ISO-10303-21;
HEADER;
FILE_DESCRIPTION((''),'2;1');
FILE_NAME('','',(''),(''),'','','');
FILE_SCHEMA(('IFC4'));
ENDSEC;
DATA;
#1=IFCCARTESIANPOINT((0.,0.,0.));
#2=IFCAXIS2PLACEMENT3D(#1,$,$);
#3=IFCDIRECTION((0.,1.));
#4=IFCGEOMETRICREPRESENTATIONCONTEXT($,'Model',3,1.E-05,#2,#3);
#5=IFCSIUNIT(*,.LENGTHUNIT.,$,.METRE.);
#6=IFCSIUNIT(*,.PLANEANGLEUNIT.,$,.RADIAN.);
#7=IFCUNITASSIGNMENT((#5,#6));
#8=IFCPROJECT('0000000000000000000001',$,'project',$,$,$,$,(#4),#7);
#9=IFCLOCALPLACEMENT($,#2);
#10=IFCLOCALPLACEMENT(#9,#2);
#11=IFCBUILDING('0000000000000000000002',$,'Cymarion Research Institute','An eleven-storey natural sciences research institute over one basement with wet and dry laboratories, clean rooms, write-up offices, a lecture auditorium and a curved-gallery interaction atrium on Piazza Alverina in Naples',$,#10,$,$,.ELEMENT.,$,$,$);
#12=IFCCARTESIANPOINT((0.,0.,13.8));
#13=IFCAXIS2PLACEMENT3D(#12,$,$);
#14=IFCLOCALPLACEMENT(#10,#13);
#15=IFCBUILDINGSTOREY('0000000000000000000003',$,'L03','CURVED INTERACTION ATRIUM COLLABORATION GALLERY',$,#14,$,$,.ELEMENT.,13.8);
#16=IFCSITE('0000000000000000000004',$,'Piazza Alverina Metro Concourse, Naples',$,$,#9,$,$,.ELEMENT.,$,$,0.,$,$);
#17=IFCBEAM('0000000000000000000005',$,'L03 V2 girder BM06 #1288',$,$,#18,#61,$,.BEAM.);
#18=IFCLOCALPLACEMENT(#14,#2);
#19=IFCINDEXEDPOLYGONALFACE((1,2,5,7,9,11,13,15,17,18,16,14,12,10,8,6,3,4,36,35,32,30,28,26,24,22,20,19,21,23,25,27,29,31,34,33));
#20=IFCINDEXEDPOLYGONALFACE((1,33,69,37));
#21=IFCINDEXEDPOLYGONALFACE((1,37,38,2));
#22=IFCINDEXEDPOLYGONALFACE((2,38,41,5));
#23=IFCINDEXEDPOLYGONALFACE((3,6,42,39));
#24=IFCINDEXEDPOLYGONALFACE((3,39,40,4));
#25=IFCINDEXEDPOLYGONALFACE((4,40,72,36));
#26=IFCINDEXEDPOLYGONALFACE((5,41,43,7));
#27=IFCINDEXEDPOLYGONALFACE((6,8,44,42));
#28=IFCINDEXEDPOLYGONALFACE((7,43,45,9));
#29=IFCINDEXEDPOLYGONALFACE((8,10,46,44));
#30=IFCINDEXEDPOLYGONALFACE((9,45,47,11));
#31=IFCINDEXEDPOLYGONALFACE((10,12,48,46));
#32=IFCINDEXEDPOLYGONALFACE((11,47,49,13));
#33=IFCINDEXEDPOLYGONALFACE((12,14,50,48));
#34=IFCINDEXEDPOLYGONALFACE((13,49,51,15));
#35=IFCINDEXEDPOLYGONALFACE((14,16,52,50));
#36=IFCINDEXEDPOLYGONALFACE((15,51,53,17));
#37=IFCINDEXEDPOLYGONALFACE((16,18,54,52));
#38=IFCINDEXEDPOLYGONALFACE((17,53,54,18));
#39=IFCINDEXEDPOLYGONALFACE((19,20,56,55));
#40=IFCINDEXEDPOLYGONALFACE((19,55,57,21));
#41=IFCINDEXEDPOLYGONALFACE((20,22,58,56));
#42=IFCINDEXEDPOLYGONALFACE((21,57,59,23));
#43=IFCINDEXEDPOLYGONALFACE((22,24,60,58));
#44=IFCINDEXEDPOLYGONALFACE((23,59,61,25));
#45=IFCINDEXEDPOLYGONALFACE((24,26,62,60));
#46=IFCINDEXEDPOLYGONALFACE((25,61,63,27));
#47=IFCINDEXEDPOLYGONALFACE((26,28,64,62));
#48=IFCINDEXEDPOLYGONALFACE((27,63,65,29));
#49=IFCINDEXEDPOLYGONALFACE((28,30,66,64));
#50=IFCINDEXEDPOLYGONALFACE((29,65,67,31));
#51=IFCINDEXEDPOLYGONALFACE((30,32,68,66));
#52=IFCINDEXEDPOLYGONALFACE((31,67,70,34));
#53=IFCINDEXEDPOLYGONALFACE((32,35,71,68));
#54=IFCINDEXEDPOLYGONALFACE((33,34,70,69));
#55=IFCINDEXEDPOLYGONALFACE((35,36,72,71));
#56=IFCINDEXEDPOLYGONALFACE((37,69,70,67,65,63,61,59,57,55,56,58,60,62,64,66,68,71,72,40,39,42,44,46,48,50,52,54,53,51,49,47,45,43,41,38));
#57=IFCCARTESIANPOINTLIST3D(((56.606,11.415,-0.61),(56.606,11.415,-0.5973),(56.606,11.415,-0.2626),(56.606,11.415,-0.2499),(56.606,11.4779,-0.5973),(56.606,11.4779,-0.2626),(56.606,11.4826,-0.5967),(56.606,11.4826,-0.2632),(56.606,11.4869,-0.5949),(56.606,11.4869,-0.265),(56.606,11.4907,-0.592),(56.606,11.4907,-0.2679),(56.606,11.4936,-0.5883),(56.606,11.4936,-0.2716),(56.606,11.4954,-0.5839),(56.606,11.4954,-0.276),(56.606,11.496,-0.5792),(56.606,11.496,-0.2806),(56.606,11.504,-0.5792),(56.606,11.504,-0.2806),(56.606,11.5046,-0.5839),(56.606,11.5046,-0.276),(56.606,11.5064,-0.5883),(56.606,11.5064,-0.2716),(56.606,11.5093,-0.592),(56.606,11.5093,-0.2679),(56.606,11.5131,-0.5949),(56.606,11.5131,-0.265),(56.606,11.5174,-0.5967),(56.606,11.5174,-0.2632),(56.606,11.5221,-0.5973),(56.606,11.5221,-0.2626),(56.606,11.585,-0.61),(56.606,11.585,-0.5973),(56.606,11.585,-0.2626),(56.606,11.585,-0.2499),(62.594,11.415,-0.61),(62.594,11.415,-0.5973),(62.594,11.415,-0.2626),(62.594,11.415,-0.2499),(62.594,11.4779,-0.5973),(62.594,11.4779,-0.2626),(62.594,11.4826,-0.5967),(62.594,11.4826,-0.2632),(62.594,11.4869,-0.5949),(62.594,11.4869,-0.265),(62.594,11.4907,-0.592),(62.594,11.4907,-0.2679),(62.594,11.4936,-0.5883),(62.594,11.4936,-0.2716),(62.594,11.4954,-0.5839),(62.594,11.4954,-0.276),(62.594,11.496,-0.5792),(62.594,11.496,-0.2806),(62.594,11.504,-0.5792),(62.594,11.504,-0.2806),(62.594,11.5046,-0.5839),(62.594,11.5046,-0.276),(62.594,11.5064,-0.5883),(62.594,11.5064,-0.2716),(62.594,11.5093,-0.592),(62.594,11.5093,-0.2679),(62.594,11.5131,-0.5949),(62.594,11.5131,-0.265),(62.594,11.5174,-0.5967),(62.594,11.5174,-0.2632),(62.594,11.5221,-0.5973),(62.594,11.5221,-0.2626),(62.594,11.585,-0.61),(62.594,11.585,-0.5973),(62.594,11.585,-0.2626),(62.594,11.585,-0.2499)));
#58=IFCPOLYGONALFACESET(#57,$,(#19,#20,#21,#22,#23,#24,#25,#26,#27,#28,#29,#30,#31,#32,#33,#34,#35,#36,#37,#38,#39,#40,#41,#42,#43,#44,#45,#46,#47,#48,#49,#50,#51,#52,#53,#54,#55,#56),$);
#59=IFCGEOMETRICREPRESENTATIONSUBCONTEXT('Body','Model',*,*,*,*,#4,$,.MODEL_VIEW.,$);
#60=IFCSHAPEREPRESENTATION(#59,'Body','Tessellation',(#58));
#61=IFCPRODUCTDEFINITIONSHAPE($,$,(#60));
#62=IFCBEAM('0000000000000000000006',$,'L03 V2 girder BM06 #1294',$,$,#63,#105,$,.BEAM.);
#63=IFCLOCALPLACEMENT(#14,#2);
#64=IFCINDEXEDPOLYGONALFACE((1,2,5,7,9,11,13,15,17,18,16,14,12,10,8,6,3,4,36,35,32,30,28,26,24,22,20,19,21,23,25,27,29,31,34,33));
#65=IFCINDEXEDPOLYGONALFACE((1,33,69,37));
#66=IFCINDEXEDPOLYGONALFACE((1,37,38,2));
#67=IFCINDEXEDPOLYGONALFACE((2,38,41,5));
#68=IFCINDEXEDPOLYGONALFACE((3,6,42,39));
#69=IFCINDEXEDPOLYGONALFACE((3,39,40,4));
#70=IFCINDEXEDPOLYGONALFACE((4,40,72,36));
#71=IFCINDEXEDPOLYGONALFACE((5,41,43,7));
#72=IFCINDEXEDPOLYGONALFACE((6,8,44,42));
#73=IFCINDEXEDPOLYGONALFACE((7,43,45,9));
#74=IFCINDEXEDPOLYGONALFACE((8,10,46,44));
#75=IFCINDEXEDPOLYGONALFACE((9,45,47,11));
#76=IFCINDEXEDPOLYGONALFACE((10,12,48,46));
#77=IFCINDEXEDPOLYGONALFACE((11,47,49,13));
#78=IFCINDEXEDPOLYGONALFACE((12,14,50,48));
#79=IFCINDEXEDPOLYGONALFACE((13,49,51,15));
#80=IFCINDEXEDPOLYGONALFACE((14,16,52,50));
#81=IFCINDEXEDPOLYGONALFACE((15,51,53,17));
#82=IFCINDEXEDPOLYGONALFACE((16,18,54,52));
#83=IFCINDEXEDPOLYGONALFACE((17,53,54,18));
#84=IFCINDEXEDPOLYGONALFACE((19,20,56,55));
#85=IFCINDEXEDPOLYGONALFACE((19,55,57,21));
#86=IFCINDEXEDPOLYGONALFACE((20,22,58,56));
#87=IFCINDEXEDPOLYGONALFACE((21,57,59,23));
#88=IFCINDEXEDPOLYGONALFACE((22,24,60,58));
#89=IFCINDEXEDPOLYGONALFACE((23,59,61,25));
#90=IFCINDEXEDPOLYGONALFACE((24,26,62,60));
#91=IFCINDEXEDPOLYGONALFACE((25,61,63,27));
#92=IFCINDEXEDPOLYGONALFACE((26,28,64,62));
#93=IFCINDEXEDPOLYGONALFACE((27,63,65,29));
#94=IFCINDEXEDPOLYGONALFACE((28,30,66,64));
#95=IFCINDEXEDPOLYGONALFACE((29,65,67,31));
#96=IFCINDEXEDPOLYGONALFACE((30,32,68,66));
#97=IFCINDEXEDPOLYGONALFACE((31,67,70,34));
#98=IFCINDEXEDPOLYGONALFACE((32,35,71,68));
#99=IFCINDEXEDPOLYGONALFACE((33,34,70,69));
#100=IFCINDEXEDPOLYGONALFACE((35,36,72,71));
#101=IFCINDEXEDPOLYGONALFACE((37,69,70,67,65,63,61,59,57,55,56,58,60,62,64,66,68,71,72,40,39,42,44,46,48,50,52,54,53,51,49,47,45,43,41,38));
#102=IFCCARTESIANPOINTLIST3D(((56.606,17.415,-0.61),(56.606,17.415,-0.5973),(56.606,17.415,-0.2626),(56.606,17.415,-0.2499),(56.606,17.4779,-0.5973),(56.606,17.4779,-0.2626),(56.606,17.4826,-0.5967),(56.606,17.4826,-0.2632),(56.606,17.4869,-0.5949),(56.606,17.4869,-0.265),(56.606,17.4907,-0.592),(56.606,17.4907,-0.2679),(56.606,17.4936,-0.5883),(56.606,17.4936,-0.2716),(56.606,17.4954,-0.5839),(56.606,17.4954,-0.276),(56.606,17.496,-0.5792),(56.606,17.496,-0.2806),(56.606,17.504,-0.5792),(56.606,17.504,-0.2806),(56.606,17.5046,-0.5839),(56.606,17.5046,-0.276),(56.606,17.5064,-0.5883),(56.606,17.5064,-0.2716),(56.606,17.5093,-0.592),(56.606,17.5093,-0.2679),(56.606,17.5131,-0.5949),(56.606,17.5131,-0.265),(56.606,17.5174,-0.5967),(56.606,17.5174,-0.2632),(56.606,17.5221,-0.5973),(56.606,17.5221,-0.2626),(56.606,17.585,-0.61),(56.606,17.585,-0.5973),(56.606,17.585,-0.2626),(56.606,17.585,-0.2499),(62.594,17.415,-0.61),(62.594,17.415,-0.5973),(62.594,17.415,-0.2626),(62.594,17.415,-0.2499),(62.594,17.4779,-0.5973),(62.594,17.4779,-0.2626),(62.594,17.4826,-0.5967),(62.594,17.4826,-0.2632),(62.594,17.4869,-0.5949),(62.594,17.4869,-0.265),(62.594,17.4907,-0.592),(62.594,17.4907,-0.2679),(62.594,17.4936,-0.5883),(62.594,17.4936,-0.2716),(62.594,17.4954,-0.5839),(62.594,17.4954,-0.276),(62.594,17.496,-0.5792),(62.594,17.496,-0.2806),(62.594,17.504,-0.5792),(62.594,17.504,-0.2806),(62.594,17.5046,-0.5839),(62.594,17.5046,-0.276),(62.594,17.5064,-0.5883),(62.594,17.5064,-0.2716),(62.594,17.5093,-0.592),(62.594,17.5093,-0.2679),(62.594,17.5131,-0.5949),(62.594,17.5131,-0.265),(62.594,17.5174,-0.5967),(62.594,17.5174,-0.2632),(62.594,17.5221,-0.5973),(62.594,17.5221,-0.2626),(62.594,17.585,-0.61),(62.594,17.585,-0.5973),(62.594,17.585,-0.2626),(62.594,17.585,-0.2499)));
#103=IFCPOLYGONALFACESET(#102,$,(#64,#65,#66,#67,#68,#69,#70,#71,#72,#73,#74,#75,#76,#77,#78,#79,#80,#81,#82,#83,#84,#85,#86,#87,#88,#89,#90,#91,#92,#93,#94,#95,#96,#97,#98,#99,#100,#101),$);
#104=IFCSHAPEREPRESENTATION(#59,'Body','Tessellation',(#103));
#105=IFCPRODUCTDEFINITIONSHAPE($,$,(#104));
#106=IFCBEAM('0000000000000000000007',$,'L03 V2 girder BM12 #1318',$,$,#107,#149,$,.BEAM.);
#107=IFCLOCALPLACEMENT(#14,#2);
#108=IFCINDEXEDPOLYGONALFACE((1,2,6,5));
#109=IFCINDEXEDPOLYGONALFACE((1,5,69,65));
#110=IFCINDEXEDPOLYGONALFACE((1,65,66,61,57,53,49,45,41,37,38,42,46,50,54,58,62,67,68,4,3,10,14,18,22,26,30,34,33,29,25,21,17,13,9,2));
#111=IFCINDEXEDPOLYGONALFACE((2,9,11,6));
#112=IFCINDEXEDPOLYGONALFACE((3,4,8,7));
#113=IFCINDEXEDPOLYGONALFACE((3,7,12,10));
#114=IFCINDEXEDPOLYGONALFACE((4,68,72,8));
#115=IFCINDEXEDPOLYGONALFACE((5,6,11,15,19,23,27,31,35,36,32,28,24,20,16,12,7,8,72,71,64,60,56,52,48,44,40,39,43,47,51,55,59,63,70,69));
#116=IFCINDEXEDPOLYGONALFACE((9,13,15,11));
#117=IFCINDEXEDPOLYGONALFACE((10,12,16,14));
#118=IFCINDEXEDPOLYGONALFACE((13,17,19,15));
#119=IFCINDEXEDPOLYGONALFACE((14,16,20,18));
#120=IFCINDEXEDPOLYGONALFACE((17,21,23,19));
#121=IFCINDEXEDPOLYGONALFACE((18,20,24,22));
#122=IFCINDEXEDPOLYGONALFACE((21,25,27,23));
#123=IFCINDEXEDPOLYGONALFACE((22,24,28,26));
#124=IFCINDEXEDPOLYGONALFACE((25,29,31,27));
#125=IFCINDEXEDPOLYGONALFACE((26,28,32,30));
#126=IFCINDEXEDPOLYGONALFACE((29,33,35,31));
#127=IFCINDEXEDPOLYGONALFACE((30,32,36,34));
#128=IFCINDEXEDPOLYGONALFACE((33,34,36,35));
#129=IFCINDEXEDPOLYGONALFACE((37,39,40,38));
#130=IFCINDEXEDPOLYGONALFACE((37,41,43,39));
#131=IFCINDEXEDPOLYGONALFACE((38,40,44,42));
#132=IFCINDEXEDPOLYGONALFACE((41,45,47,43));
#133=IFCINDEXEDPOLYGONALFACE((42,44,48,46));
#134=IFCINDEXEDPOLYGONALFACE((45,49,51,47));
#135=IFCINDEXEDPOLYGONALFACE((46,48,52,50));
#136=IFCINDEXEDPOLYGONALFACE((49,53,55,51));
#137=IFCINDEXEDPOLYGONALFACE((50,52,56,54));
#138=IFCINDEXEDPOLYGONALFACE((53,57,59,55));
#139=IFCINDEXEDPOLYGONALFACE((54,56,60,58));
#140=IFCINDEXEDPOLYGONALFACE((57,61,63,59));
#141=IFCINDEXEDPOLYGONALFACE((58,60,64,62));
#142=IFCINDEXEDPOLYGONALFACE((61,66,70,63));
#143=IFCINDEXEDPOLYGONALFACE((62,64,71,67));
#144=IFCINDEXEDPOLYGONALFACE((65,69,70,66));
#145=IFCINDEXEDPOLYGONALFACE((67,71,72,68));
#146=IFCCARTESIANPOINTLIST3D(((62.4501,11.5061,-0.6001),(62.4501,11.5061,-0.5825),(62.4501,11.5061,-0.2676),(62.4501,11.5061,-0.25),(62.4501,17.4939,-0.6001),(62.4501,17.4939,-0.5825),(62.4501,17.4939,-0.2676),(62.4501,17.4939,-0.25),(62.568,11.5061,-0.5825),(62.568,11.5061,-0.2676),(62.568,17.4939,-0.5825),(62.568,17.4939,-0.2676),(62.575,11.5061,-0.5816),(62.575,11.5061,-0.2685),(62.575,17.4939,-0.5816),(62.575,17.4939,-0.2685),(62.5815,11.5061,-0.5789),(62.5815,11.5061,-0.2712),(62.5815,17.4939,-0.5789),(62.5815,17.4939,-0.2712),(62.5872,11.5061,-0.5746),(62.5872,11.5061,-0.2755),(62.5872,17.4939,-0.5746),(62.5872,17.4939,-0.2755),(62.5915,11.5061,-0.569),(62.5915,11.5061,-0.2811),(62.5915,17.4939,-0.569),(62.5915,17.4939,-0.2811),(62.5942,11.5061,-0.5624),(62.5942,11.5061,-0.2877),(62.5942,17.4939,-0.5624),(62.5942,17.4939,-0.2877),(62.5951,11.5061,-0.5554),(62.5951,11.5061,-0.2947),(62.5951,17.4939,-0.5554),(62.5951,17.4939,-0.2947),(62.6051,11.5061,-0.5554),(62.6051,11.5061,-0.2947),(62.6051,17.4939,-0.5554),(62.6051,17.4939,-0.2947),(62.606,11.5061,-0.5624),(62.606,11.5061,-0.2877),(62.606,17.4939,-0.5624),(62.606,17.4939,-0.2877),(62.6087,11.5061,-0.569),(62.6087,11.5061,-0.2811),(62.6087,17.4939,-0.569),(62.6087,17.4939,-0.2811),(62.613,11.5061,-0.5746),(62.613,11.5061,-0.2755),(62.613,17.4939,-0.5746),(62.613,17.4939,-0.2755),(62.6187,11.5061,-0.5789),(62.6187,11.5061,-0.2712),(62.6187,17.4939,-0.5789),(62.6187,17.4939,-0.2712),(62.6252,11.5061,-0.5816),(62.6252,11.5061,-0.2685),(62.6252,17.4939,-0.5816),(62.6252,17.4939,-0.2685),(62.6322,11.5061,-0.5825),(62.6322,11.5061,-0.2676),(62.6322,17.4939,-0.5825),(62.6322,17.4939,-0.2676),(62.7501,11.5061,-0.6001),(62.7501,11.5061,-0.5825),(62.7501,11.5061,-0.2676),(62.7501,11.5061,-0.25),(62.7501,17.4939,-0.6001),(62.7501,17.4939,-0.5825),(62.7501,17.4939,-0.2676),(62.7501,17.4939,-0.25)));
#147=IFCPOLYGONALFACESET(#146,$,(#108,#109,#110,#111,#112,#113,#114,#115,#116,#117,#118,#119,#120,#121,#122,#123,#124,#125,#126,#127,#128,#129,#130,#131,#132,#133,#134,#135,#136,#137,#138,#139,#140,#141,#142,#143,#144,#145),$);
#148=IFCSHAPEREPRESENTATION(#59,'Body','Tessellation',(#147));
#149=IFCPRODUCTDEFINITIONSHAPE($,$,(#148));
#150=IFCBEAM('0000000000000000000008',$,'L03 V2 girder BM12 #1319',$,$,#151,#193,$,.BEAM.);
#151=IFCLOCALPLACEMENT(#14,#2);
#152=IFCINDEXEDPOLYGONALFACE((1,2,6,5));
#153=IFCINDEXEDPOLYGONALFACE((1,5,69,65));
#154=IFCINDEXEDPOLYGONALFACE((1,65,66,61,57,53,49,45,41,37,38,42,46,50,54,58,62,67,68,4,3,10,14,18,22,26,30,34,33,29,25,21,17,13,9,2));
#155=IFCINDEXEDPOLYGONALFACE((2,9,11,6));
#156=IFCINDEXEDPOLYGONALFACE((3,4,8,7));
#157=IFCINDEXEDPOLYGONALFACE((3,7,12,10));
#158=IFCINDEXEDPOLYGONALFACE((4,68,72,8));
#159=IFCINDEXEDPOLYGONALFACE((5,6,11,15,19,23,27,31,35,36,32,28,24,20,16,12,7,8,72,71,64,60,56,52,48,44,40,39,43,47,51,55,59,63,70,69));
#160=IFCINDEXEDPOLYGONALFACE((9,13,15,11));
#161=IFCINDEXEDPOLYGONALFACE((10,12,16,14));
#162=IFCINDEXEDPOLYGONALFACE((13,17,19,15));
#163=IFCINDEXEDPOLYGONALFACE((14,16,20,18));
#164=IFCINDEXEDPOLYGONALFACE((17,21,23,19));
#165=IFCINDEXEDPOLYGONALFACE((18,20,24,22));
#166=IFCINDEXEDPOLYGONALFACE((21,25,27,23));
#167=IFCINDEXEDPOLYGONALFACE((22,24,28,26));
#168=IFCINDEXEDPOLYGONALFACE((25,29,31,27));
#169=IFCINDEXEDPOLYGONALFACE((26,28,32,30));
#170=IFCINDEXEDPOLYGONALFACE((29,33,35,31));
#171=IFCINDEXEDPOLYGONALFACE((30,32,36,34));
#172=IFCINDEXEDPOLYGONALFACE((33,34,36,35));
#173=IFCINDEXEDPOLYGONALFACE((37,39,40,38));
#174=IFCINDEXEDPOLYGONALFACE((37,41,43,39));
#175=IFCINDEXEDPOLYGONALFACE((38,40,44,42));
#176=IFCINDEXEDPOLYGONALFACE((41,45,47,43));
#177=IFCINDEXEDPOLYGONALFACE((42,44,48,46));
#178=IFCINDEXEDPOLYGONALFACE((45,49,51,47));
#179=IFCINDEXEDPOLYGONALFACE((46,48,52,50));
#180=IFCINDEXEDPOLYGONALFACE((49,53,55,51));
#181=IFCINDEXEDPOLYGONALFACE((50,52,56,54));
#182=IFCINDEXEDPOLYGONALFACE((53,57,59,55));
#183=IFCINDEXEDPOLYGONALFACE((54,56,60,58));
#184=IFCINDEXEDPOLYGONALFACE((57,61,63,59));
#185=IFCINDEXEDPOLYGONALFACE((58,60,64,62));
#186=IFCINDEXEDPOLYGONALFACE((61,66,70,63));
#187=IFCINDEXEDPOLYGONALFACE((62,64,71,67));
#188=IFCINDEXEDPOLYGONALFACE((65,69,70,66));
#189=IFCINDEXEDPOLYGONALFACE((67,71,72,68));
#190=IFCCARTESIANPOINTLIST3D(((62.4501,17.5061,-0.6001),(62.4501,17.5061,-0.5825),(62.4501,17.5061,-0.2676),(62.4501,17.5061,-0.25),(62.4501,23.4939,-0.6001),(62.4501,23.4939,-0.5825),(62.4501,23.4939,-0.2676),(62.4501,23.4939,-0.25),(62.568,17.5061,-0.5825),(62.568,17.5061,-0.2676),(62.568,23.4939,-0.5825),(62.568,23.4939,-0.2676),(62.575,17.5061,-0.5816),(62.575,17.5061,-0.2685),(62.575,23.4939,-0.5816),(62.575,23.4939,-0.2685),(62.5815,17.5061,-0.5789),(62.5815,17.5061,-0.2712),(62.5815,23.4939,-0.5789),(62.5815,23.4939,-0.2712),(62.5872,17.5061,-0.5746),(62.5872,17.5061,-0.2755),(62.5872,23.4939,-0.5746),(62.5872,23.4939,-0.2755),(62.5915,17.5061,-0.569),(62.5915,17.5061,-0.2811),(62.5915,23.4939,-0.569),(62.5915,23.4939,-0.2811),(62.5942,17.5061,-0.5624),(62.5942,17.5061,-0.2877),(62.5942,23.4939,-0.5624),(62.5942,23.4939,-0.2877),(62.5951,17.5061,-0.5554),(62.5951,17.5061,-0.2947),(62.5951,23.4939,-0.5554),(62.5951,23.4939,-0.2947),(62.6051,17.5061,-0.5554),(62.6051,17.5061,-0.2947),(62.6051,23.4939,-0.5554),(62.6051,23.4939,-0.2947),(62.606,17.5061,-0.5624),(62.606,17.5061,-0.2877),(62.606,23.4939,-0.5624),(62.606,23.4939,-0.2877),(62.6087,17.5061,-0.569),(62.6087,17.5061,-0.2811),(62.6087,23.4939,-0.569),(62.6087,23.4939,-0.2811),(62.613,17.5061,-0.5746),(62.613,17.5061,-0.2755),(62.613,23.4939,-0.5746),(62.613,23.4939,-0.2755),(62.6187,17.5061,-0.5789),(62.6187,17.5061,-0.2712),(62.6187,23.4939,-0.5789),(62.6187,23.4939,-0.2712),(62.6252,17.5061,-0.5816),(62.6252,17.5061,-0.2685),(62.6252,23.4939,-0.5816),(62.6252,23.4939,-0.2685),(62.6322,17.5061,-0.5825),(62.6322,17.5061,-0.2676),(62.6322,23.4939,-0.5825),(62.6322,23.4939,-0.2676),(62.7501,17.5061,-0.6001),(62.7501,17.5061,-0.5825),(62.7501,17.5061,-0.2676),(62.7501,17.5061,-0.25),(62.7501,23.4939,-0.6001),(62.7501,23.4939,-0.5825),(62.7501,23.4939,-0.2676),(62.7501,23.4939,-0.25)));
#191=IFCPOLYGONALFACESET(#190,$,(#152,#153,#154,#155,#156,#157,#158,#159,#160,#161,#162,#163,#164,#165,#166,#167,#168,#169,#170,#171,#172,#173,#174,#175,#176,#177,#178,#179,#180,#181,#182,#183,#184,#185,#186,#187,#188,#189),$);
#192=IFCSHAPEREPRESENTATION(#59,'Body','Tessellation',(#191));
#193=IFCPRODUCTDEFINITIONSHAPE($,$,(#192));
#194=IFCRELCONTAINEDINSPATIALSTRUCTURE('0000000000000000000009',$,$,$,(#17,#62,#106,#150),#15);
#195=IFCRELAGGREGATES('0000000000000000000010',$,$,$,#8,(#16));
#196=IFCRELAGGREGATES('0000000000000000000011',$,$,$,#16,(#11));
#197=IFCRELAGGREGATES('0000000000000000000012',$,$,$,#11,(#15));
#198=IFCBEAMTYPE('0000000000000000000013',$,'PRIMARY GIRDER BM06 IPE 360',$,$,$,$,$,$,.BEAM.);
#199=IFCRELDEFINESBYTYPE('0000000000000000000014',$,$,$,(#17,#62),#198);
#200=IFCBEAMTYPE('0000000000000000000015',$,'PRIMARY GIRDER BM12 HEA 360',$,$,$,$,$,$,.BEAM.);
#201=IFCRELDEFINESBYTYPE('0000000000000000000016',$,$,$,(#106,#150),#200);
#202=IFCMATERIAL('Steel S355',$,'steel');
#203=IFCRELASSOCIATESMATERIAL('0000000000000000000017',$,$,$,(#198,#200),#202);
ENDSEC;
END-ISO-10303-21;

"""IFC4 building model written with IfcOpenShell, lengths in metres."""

from ifc_helpers import new_model, si_unit, direction, frame, origin, origin_2d, place, context, subcontext, project, spatial, i_section, extrude, material, material_profile, profile_set, type_object, element, save


model = new_model("IFC4")

# Units and contexts
model_context = context("Model", 3, precision=1e-05, world=origin(), true_north=direction((0.0, 1.0)))
body_context = subcontext(model_context, "Body", "Model", "MODEL_VIEW")
ifc_project = project(units=[si_unit("LENGTHUNIT", "METRE"), si_unit("PLANEANGLEUNIT", "RADIAN")], contexts=[model_context])

# Site, building, storey
site_placement = place(None, origin())
site = spatial("IfcSite", under=ifc_project, at=site_placement, Name="Piazza Alverina Metro Concourse, Naples", CompositionType="ELEMENT", RefElevation=0.0)
building_placement = place(site_placement, origin())
building = spatial("IfcBuilding", under=site, at=building_placement, Name="Cymarion Research Institute", Description="An eleven-storey natural sciences research institute over one basement with wet and dry laboratories, clean rooms, write-up offices, a lecture auditorium and a curved-gallery interaction atrium on Piazza Alverina in Naples", CompositionType="ELEMENT")
storey_placement = place(building_placement, frame((0.0, 0.0, 13.8)))
storey = spatial("IfcBuildingStorey", under=building, at=storey_placement, Name="L03", Description="CURVED INTERACTION ATRIUM COLLABORATION GALLERY", CompositionType="ELEMENT", Elevation=13.8)

# Shared definitions
ifc_material_1 = material(Name="Steel S355", Category="steel")

# Beams
ifc_material_profile_1 = material_profile(ifc_material_1, i_section(OverallWidth=0.1699, OverallDepth=0.3601, WebThickness=0.0081, FlangeThickness=0.0127, FilletRadius=0.0181, at=origin_2d()), Name="IPE 360")
ifc_profile_set_1 = profile_set([ifc_material_profile_1], Name="Steel S355")
beam_type_1 = type_object("IfcBeamType", Name="PRIMARY GIRDER BM06 IPE 360", PredefinedType="BEAM", material=ifc_profile_set_1)
for number, where, z_axis, x_axis, name in (
    (1, (56.606, 11.5, -0.4299), (1.0, 0.0, 0.0), (0.0, 1.0, 0.0), "L03 V2 girder BM06 #1288"),
    (2, (56.606, 17.5, -0.4299), (1.0, 0.0, 0.0), (0.0, 1.0, 0.0), "L03 V2 girder BM06 #1294"),
):
    element("IfcBeam", number, at=place(storey_placement, frame(where, z_axis=z_axis, x_axis=x_axis)), inside=storey, type_object=beam_type_1, Name=name, PredefinedType="BEAM", context=body_context, shape_type="SweptSolid", body=[
        extrude(i_section(OverallWidth=0.1699, OverallDepth=0.3601, WebThickness=0.0081, FlangeThickness=0.0127, FilletRadius=0.0181, at=origin_2d()), origin(), (0.0, 0.0, 1.0), 5.988),
    ])
ifc_material_profile_2 = material_profile(ifc_material_1, i_section(OverallWidth=0.3, OverallDepth=0.3501, WebThickness=0.01, FlangeThickness=0.0176, FilletRadius=0.0271, at=origin_2d()), Name="HEA 360")
ifc_profile_set_2 = profile_set([ifc_material_profile_2], Name="Steel S355")
beam_type_2 = type_object("IfcBeamType", Name="PRIMARY GIRDER BM12 HEA 360", PredefinedType="BEAM", material=ifc_profile_set_2)
for number, where, z_axis, x_axis, name in (
    (3, (62.6001, 11.5061, -0.425), (0.0, 1.0, 0.0), (-1.0, 0.0, 0.0), "L03 V2 girder BM12 #1318"),
    (4, (62.6001, 17.5061, -0.425), (0.0, 1.0, 0.0), (-1.0, 0.0, 0.0), "L03 V2 girder BM12 #1319"),
):
    element("IfcBeam", number, at=place(storey_placement, frame(where, z_axis=z_axis, x_axis=x_axis)), inside=storey, type_object=beam_type_2, Name=name, PredefinedType="BEAM", context=body_context, shape_type="SweptSolid", body=[
        extrude(i_section(OverallWidth=0.3, OverallDepth=0.3501, WebThickness=0.01, FlangeThickness=0.0176, FilletRadius=0.0271, at=origin_2d()), origin(), (0.0, 0.0, 1.0), 5.9878),
    ])

save(model, "model.ifc")
